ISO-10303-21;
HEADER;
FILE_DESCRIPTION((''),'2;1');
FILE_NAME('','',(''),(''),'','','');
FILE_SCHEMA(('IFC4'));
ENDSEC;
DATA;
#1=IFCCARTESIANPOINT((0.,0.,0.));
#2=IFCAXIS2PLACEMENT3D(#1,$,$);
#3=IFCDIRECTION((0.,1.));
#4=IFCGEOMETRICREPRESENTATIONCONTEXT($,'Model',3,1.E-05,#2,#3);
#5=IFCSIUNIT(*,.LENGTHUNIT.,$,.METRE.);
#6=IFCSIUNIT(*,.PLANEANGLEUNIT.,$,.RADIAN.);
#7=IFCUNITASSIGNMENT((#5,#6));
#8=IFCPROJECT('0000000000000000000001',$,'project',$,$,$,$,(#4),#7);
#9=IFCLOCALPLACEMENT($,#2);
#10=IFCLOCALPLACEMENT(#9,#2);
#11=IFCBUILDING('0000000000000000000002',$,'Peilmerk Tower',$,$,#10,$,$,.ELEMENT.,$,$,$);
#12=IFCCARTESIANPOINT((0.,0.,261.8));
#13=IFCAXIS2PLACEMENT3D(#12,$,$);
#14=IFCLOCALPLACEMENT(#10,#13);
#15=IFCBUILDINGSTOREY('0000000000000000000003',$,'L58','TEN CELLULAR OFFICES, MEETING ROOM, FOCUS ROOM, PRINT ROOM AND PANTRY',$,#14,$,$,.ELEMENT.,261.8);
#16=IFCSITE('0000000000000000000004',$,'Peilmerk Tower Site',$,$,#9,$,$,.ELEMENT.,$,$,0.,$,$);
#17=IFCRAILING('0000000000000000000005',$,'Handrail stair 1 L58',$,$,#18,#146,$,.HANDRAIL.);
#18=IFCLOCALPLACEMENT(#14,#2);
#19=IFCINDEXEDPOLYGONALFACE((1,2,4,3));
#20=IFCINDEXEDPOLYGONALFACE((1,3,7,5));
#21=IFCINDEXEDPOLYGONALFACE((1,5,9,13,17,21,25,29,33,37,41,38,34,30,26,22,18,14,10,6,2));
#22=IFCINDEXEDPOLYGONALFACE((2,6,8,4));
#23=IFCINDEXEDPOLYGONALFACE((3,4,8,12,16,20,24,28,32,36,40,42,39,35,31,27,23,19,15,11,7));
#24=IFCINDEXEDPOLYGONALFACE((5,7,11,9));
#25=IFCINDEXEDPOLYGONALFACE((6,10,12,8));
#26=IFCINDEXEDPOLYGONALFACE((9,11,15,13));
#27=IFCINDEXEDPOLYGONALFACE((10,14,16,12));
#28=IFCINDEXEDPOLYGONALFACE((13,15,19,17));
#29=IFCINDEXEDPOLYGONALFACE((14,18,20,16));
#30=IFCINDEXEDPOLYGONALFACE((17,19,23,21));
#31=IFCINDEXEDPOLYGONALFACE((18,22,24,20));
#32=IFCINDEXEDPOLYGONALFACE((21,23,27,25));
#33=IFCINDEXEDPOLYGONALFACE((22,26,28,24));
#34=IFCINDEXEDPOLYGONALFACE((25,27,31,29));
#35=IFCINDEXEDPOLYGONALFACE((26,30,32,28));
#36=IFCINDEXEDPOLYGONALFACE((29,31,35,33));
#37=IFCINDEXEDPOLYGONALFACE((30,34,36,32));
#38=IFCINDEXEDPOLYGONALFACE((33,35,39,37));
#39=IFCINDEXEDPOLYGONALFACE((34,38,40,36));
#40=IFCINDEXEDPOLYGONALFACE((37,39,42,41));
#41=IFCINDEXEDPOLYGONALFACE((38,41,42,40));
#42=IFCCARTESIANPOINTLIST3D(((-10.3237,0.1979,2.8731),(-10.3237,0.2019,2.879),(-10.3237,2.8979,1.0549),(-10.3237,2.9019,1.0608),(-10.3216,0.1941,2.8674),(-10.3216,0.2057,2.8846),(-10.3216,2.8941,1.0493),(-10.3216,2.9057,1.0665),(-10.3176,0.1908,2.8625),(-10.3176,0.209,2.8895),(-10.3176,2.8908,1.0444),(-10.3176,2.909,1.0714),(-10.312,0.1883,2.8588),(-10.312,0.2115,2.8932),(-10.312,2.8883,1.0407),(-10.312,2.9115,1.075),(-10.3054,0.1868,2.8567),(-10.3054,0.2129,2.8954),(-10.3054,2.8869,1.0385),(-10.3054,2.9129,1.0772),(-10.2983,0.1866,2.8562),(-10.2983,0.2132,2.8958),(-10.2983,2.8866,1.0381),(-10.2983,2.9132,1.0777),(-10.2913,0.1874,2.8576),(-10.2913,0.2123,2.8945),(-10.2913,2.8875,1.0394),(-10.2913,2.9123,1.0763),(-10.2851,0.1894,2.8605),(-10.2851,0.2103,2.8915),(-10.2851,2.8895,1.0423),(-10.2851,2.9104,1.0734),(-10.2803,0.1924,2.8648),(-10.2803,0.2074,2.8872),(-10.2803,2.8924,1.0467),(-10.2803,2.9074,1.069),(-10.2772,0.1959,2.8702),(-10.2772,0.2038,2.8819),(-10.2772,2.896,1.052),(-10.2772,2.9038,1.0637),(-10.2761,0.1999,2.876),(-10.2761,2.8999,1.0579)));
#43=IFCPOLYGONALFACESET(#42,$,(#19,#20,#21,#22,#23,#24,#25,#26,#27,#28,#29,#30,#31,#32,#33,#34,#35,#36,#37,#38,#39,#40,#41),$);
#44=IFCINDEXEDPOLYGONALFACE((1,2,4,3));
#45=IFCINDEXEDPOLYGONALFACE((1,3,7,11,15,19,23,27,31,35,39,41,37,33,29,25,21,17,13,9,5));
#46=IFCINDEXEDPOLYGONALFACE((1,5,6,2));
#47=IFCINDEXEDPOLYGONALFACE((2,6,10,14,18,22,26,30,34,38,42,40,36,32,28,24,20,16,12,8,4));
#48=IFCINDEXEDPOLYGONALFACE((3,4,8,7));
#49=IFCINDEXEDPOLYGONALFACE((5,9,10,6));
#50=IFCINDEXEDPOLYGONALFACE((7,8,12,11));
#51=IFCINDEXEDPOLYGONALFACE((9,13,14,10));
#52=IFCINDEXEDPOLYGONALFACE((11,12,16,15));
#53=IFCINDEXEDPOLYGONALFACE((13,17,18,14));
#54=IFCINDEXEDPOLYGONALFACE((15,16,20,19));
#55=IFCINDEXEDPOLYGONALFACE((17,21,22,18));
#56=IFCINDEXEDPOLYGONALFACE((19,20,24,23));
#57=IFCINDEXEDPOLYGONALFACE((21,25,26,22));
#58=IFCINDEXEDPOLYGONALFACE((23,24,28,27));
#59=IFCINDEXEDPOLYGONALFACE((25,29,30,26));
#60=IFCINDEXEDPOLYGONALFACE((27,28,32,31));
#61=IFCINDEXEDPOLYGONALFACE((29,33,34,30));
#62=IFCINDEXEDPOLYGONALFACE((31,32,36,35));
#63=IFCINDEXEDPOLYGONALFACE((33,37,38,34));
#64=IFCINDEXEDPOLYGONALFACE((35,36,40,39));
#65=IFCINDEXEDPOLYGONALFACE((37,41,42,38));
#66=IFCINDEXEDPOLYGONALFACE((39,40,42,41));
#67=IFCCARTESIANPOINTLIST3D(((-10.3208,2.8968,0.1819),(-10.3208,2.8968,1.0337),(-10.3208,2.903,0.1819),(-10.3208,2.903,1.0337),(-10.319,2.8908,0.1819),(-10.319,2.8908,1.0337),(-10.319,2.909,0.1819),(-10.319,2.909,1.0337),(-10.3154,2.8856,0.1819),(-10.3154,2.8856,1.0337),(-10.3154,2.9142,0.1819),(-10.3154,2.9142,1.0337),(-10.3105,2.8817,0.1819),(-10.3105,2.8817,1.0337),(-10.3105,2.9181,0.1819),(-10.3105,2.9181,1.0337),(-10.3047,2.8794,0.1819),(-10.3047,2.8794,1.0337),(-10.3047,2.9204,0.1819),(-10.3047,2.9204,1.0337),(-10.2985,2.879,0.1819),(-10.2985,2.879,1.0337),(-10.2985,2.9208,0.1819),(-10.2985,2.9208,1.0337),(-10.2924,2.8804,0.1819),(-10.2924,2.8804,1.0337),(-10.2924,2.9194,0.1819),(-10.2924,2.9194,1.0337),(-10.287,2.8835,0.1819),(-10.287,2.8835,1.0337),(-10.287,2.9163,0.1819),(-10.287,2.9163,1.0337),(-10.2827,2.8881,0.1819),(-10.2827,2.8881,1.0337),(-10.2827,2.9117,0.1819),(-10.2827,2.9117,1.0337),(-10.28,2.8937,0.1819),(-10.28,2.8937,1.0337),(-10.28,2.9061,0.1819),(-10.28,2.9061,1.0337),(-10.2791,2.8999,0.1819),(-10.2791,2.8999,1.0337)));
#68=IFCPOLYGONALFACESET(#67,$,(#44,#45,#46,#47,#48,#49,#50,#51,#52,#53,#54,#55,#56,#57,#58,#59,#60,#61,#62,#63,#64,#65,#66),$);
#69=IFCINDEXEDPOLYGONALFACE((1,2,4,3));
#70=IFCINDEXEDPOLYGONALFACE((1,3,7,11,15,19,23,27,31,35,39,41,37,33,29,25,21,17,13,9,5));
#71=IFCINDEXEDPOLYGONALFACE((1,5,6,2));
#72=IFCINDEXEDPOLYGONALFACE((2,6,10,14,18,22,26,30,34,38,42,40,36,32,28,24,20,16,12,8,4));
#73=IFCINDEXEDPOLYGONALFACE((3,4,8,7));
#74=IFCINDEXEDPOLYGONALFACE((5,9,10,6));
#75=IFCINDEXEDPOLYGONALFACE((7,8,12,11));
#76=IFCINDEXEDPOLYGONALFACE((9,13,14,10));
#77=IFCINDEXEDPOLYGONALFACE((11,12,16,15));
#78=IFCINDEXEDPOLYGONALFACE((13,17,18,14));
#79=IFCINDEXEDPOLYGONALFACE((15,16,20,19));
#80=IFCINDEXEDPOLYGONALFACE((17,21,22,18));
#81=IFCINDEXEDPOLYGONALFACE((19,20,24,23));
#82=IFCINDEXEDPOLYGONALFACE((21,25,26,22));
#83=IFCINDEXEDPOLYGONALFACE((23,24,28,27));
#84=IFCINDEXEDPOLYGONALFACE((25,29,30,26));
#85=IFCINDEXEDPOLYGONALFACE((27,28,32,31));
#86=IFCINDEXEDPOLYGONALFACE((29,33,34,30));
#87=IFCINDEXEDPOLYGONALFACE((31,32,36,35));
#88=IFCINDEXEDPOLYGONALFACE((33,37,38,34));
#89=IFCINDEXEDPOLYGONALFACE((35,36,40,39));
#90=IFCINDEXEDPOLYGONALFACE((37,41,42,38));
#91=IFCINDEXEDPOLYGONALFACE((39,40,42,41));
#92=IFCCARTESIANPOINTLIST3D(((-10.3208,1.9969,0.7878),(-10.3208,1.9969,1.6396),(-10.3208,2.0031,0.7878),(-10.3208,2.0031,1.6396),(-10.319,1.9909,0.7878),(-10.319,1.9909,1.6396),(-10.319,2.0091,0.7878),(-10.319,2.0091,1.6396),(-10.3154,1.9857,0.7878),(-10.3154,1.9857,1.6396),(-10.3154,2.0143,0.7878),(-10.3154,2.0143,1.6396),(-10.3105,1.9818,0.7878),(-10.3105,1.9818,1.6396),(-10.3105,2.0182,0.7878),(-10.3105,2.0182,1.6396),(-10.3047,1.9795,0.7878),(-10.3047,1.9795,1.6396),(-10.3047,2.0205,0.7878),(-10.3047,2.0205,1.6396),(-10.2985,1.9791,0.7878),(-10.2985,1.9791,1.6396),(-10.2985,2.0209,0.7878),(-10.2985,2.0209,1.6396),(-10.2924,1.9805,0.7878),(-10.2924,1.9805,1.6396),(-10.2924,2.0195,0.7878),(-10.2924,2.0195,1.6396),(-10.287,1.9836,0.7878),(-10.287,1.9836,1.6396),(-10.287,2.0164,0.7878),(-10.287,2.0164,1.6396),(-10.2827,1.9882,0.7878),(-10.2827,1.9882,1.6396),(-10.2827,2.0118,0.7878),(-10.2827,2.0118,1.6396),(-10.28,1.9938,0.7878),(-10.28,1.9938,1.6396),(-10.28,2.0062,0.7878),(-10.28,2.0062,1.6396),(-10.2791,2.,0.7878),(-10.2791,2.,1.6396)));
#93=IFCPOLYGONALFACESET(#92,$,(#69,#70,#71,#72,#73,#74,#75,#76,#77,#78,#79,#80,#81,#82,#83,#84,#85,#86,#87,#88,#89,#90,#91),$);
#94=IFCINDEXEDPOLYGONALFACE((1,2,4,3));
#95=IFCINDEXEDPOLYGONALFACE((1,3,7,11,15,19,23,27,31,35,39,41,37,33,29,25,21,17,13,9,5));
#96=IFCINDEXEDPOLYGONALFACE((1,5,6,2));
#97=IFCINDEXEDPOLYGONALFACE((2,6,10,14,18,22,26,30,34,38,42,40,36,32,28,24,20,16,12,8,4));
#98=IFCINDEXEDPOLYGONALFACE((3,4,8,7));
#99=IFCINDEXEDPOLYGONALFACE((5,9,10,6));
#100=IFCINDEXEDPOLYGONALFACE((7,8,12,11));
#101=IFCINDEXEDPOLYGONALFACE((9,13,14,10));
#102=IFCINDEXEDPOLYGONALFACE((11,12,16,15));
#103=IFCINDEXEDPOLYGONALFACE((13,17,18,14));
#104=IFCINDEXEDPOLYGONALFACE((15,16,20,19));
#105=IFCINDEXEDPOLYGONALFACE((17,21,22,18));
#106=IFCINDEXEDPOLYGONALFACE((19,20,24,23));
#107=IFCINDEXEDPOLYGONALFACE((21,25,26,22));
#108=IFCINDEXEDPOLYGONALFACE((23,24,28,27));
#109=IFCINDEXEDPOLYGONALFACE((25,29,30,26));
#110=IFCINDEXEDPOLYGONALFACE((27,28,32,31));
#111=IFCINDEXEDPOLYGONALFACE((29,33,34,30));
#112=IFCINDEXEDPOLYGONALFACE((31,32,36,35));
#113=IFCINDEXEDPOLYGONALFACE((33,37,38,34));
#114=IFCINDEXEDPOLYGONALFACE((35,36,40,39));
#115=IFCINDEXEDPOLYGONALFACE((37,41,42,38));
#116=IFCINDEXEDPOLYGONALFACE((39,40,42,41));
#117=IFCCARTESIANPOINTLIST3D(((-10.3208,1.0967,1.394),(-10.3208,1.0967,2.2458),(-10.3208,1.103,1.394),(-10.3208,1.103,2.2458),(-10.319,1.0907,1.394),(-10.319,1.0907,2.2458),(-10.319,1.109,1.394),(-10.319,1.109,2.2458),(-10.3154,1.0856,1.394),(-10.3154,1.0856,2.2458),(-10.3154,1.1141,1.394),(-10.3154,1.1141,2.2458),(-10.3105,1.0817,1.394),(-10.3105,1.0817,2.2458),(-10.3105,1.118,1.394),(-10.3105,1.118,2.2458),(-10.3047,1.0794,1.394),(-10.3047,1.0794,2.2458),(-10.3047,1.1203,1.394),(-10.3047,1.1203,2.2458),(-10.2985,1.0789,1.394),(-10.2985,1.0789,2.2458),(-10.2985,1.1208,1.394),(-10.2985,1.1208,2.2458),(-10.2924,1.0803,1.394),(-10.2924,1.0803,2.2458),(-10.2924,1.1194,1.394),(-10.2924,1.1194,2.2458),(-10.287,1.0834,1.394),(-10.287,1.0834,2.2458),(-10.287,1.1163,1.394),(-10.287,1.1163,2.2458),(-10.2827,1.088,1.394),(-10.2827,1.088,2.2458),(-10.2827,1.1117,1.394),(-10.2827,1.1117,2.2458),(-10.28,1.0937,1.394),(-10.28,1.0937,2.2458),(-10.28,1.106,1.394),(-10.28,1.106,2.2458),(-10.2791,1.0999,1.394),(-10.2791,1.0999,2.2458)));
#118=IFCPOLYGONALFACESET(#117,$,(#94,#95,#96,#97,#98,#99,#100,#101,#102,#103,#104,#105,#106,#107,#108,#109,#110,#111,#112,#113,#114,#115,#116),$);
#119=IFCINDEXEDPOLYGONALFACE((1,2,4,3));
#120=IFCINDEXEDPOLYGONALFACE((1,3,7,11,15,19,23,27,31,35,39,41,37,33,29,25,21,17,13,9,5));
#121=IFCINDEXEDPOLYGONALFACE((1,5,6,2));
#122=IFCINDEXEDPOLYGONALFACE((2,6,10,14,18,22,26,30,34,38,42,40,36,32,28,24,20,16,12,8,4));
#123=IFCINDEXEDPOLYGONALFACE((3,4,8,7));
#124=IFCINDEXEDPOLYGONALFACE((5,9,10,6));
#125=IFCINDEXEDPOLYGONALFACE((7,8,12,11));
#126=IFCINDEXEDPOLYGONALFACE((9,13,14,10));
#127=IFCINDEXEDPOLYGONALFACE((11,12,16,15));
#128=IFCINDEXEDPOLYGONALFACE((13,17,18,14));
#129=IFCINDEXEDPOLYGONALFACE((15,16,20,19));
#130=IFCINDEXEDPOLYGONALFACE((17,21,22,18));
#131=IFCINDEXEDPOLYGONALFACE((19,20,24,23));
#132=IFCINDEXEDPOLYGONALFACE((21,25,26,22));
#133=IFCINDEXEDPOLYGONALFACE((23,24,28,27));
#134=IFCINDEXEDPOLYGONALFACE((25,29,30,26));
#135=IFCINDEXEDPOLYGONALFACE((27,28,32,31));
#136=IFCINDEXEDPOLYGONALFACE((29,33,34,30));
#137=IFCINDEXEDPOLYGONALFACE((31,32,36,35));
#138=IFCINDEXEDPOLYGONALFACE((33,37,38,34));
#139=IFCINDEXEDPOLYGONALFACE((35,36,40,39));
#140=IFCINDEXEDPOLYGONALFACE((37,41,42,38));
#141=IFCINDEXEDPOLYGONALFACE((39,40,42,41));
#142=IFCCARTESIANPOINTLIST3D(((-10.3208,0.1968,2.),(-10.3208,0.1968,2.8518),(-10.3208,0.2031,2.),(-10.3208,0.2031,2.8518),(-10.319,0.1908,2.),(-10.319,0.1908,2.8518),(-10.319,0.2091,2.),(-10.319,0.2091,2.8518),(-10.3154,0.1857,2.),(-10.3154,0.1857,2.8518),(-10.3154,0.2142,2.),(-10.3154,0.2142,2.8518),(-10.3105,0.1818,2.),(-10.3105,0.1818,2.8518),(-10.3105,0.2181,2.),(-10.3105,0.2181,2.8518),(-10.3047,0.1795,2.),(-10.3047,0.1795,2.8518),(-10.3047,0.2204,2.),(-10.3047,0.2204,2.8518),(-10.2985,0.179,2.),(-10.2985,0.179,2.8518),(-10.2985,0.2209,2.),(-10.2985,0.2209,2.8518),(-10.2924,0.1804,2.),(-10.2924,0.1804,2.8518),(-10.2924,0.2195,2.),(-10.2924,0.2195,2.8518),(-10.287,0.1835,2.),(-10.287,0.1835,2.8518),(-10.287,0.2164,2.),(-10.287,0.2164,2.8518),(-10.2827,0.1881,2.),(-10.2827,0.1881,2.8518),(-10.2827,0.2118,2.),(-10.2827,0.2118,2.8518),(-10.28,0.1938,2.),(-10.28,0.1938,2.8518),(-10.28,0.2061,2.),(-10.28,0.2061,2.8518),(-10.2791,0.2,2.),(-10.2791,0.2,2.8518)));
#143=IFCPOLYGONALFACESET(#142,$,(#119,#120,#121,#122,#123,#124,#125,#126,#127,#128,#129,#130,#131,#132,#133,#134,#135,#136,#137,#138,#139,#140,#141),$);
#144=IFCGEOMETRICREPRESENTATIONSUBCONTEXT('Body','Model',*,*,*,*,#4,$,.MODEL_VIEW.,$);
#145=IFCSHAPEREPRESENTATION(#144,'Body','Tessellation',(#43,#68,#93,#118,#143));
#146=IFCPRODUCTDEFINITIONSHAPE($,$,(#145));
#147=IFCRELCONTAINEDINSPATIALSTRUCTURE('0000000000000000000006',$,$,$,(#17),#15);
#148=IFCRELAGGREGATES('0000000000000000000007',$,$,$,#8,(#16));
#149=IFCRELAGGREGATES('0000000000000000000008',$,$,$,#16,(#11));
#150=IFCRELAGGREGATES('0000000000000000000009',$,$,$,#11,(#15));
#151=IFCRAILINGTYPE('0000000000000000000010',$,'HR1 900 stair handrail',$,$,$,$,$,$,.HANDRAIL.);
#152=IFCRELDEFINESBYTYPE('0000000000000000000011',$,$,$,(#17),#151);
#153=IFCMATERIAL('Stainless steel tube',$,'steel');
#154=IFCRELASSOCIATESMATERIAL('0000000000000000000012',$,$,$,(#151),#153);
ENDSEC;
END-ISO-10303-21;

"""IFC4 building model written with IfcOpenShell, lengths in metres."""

from ifc_helpers import new_model, si_unit, direction, frame, origin, origin_2d, place, context, subcontext, project, spatial, circle, extrude, material, type_object, element, save


model = new_model("IFC4")

# Units and contexts
model_context = context("Model", 3, precision=1e-05, world=origin(), true_north=direction((0.0, 1.0)))
body_context = subcontext(model_context, "Body", "Model", "MODEL_VIEW")
ifc_project = project(units=[si_unit("LENGTHUNIT", "METRE"), si_unit("PLANEANGLEUNIT", "RADIAN")], contexts=[model_context])

# Site, building, storey
site_placement = place(None, origin())
site = spatial("IfcSite", under=ifc_project, at=site_placement, Name="Peilmerk Tower Site", CompositionType="ELEMENT", RefElevation=0.0)
building_placement = place(site_placement, origin())
building = spatial("IfcBuilding", under=site, at=building_placement, Name="Peilmerk Tower", CompositionType="ELEMENT")
storey_placement = place(building_placement, frame((0.0, 0.0, 261.8)))
storey = spatial("IfcBuildingStorey", under=building, at=storey_placement, Name="L58", Description="TEN CELLULAR OFFICES, MEETING ROOM, FOCUS ROOM, PRINT ROOM AND PANTRY", CompositionType="ELEMENT", Elevation=261.8)

# Railing
ifc_material_1 = material(Name="Stainless steel tube", Category="steel")
railing_type_1 = type_object("IfcRailingType", Name="HR1 900 stair handrail", PredefinedType="HANDRAIL", material=ifc_material_1)
railing_1_placement = place(storey_placement, frame((-10.3, 2.8999, 0.1819)))
element("IfcRailing", 1, at=railing_1_placement, inside=storey, type_object=railing_type_1, Name="Handrail stair 1 L58", PredefinedType="HANDRAIL", context=body_context, shape_type="SweptSolid", body=[
    extrude(circle(Radius=0.0239, at=origin_2d()), frame((0.0, 0.0, 0.876), z_axis=(0.0, -0.829468, 0.558554), x_axis=(1.0, 0.0, 0.0)), (0.0, 0.0, 1.0), 3.2551),
    extrude(circle(Radius=0.021, at=origin_2d()), origin(), (0.0, 0.0, 1.0), 0.8518),
    extrude(circle(Radius=0.021, at=origin_2d()), frame((0.0, -0.8999, 0.606)), (0.0, 0.0, 1.0), 0.8518),
    extrude(circle(Radius=0.021, at=origin_2d()), frame((0.0, -1.8, 1.2122)), (0.0, 0.0, 1.0), 0.8518),
    extrude(circle(Radius=0.021, at=origin_2d()), frame((0.0, -2.7, 1.8181)), (0.0, 0.0, 1.0), 0.8518),
])

save(model, "model.ifc")
